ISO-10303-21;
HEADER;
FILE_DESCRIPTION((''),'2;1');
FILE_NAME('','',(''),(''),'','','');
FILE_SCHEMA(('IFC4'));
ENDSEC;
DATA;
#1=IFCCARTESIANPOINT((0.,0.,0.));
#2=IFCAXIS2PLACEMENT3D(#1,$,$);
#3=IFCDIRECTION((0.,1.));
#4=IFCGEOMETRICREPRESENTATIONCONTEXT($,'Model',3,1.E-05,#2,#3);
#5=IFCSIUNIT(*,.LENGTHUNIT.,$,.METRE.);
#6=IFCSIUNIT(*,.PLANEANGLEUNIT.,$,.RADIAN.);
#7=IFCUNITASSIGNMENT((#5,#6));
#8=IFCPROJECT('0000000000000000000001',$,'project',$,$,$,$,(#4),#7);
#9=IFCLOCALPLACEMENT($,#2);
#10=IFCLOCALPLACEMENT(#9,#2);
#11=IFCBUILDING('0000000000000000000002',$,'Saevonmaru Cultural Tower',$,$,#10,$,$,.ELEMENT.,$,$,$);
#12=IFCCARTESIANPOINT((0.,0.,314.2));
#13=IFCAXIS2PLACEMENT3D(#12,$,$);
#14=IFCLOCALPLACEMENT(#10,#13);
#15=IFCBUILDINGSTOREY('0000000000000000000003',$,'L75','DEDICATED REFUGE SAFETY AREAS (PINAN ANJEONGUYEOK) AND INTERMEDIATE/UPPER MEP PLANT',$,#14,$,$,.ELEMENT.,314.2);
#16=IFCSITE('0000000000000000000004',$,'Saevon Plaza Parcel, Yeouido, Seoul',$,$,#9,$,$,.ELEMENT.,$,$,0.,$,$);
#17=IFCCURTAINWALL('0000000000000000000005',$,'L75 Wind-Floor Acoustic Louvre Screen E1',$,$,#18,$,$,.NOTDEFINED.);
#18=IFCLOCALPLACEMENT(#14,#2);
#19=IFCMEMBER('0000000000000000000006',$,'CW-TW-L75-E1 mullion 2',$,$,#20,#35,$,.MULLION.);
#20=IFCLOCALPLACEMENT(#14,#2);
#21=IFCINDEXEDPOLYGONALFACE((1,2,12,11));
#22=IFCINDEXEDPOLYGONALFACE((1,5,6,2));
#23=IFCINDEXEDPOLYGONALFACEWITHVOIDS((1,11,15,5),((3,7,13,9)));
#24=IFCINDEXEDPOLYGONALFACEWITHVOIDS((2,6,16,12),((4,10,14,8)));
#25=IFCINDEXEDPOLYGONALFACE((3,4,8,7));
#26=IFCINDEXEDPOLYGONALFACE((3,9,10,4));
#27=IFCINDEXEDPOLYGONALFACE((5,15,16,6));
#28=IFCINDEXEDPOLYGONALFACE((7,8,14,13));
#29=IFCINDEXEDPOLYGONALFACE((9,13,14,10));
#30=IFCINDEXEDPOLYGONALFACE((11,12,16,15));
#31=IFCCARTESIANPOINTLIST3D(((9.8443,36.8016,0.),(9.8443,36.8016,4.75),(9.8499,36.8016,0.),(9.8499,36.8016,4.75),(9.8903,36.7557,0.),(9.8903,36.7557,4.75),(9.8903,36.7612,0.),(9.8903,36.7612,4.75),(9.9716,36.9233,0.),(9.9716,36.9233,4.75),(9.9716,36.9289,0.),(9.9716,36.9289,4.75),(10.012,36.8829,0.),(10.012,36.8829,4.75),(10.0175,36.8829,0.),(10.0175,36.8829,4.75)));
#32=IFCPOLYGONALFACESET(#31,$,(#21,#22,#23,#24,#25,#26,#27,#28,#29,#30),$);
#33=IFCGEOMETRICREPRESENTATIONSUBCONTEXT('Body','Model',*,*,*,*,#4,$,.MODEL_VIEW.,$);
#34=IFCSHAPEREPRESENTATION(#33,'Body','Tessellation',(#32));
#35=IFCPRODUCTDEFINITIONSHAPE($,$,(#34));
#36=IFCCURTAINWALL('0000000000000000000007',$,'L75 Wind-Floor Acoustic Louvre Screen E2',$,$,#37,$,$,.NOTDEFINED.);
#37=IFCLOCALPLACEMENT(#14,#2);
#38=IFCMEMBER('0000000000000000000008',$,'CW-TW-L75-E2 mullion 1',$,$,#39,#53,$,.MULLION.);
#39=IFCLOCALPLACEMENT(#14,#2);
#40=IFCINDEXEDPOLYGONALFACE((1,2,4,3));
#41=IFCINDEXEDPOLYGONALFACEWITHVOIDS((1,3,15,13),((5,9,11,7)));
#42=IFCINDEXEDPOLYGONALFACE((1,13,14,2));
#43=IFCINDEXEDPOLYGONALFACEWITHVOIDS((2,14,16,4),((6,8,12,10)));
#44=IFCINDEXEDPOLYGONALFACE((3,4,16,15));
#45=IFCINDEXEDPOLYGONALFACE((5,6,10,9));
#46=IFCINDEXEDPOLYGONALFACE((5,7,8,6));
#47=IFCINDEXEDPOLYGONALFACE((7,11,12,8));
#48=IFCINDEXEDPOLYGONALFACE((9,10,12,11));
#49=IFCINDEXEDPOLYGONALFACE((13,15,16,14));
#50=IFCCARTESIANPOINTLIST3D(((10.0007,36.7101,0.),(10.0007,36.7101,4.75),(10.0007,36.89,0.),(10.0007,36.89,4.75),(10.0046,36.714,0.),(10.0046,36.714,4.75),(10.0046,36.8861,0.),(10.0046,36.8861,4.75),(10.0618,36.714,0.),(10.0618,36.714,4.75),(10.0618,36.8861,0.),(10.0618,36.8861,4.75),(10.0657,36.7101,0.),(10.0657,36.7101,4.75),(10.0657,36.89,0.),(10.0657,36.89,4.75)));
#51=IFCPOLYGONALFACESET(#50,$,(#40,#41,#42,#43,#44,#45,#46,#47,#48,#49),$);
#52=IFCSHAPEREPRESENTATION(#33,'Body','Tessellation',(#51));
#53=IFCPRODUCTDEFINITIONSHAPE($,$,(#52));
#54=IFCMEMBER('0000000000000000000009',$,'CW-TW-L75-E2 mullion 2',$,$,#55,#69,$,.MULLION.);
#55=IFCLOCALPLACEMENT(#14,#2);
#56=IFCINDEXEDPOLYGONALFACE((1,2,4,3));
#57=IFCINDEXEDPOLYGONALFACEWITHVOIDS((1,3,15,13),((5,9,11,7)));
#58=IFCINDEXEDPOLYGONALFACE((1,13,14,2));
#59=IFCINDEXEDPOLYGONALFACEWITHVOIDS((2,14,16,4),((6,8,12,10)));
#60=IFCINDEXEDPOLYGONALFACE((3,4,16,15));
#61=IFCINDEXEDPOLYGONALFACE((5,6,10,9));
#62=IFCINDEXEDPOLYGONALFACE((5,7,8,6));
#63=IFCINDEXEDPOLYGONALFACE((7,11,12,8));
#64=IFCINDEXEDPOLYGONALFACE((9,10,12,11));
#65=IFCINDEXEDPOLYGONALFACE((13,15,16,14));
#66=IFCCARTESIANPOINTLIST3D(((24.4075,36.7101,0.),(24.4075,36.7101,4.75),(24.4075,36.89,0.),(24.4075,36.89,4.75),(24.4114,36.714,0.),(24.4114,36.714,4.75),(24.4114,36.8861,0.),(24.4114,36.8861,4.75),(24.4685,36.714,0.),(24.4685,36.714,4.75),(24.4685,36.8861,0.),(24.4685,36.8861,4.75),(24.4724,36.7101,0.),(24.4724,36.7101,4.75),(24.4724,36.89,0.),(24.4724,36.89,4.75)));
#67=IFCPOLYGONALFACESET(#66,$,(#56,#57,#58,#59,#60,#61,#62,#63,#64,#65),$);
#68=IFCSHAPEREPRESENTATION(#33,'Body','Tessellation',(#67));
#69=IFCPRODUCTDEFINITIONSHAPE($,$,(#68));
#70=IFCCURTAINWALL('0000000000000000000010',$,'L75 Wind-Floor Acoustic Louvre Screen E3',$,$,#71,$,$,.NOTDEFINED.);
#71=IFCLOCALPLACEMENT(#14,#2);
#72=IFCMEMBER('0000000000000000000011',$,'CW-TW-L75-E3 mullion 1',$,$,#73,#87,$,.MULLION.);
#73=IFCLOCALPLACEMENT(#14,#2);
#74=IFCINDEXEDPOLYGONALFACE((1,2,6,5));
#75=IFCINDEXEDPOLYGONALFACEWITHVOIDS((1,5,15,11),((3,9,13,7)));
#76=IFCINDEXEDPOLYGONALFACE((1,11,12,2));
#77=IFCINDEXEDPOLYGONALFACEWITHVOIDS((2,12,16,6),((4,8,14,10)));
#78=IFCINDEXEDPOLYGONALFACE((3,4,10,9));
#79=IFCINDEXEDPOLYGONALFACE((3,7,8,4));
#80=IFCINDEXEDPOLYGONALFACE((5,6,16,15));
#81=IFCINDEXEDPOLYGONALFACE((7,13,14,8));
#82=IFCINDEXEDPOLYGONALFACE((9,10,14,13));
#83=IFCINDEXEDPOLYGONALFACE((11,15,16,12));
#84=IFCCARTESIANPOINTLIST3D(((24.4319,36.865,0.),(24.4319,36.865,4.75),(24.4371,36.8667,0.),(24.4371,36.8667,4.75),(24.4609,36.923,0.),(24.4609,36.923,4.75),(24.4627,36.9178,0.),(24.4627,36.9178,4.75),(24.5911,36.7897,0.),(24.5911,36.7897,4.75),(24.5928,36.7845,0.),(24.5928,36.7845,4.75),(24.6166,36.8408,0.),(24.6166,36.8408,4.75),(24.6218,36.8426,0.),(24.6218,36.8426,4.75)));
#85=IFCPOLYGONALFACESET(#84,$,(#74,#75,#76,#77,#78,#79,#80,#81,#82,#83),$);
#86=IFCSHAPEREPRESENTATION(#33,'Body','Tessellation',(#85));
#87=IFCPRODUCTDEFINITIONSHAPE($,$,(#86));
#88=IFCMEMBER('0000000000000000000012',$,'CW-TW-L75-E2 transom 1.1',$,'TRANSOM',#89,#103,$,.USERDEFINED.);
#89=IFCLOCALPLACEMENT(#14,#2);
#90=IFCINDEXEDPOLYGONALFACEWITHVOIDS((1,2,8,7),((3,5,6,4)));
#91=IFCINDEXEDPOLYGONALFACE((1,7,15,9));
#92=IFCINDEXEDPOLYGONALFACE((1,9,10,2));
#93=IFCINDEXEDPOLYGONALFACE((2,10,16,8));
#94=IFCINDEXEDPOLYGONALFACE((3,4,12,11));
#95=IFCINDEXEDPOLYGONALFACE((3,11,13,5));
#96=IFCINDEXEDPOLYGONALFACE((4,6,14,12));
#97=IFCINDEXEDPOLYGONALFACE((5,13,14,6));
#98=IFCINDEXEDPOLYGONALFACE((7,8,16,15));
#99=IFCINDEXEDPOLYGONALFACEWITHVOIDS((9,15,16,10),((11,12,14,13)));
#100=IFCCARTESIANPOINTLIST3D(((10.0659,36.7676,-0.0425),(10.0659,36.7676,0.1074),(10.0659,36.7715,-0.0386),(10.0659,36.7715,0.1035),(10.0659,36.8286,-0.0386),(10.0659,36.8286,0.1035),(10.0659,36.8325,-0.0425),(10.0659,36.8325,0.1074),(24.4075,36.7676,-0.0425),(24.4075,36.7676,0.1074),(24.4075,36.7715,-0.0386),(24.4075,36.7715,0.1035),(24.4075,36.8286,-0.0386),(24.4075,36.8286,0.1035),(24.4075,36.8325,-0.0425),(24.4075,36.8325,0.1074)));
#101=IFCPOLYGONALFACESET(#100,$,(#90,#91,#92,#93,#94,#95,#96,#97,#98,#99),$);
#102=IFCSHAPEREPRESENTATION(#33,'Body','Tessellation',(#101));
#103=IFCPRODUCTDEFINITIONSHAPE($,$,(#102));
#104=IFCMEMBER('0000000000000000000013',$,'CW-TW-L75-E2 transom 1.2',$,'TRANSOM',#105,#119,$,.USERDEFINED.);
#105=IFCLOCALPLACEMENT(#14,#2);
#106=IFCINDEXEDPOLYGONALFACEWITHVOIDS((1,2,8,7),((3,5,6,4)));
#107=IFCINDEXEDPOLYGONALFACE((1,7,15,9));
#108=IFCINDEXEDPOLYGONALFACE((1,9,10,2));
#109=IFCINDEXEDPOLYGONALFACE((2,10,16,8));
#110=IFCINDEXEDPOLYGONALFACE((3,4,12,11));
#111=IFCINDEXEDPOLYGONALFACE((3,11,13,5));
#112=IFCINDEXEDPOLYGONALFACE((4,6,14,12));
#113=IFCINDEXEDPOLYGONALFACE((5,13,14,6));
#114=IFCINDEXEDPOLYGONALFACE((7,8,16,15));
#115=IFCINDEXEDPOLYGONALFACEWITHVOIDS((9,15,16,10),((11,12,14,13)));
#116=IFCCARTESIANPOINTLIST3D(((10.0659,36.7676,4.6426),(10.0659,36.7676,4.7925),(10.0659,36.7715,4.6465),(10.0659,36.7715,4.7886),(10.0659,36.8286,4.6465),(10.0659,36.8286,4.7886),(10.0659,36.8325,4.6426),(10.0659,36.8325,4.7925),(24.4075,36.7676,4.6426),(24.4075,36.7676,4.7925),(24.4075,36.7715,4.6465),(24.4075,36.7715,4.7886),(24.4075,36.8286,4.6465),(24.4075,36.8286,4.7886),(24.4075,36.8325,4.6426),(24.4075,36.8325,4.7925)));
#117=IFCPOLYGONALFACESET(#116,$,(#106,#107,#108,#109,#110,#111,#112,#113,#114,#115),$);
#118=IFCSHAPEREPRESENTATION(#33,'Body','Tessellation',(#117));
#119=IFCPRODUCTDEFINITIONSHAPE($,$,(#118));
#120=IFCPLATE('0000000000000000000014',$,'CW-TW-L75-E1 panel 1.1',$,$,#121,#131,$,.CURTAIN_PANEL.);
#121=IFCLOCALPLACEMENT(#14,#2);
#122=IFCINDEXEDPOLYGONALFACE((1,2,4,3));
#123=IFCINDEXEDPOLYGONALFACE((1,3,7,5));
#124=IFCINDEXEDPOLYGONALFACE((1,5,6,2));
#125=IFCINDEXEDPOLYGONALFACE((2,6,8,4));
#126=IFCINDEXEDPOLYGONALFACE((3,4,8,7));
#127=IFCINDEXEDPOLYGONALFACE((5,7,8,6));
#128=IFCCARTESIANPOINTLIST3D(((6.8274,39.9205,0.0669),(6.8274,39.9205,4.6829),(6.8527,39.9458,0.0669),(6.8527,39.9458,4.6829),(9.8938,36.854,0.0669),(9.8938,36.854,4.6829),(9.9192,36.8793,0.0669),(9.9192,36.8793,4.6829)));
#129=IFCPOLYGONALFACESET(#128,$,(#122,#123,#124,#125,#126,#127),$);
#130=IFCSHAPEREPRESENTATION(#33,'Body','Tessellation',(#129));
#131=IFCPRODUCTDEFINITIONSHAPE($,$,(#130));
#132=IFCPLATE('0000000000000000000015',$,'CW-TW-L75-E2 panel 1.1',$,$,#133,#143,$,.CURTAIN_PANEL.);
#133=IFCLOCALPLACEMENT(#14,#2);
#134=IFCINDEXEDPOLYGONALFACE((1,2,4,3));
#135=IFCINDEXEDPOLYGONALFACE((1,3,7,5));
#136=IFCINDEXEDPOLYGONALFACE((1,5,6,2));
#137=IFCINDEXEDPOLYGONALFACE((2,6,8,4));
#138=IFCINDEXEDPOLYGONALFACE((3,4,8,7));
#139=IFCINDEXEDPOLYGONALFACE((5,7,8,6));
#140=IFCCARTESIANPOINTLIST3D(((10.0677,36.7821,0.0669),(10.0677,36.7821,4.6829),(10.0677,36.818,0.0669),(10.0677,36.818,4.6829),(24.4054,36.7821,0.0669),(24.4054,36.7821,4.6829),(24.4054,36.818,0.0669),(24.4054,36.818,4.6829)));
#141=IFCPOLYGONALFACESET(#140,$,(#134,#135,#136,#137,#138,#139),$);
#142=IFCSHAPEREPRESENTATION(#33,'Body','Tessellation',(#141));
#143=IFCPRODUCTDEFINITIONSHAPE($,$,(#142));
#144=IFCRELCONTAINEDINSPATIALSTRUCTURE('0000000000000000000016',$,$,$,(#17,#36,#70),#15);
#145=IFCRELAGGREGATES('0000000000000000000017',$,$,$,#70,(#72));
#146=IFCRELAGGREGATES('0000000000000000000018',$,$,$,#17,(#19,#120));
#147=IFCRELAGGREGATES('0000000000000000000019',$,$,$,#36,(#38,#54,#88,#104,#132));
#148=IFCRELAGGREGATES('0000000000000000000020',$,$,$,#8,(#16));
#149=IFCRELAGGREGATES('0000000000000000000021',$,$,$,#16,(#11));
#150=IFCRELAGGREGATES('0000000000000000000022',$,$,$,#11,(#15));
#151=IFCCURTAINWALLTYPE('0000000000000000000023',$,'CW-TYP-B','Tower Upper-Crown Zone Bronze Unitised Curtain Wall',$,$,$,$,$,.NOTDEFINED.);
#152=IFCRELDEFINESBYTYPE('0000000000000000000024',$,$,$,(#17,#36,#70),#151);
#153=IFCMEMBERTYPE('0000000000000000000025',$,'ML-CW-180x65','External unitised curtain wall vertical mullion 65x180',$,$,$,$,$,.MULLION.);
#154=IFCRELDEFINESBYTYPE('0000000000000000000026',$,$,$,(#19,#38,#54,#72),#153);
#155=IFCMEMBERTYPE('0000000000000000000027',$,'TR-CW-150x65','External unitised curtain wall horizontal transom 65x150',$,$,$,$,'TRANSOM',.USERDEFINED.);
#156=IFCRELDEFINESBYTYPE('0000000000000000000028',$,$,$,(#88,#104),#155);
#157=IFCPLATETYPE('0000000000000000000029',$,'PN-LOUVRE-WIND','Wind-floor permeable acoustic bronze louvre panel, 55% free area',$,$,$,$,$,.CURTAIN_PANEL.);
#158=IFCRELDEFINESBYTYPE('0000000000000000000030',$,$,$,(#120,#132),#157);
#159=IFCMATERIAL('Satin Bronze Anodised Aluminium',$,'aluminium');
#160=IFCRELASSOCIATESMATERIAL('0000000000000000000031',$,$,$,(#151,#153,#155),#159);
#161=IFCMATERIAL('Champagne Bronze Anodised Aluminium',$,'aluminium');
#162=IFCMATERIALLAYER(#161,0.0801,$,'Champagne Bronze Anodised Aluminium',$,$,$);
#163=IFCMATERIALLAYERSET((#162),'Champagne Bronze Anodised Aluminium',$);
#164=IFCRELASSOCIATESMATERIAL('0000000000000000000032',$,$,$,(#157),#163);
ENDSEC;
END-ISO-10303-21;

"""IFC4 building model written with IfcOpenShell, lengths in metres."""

from ifc_helpers import new_model, si_unit, direction, frame, origin, origin_2d, place, context, subcontext, project, spatial, rectangle, hollow_rectangle, extrude, material, layer, layer_set, material_profile, profile_set, type_object, element, aggregate, save


model = new_model("IFC4")

# Units and contexts
model_context = context("Model", 3, precision=1e-05, world=origin(), true_north=direction((0.0, 1.0)))
body_context = subcontext(model_context, "Body", "Model", "MODEL_VIEW")
ifc_project = project(units=[si_unit("LENGTHUNIT", "METRE"), si_unit("PLANEANGLEUNIT", "RADIAN")], contexts=[model_context])

# Site, building, storey
site_placement = place(None, origin())
site = spatial("IfcSite", under=ifc_project, at=site_placement, Name="Saevon Plaza Parcel, Yeouido, Seoul", CompositionType="ELEMENT", RefElevation=0.0)
building_placement = place(site_placement, origin())
building = spatial("IfcBuilding", under=site, at=building_placement, Name="Saevonmaru Cultural Tower", CompositionType="ELEMENT")
storey_placement = place(building_placement, frame((0.0, 0.0, 314.2)))
storey = spatial("IfcBuildingStorey", under=building, at=storey_placement, Name="L75", Description="DEDICATED REFUGE SAFETY AREAS (PINAN ANJEONGUYEOK) AND INTERMEDIATE/UPPER MEP PLANT", CompositionType="ELEMENT", Elevation=314.2)

# Curtain wall, member
ifc_material_1 = material(Name="Satin Bronze Anodised Aluminium", Category="aluminium")
curtain_wall_type = type_object("IfcCurtainWallType", Name="CW-TYP-B", Description="Tower Upper-Crown Zone Bronze Unitised Curtain Wall", PredefinedType="NOTDEFINED", material=ifc_material_1)
curtain_wall_1_placement = place(storey_placement, origin())
curtain_wall_1 = element("IfcCurtainWall", 1, at=curtain_wall_1_placement, inside=storey, type_object=curtain_wall_type, Name="L75 Wind-Floor Acoustic Louvre Screen E1", PredefinedType="NOTDEFINED")
ifc_material_profile_1 = material_profile(ifc_material_1, hollow_rectangle(XDim=0.0649, YDim=0.1799, WallThickness=0.0039, at=origin_2d()), Name="ALU-MULL-180x65x4")
ifc_profile_set_1 = profile_set([ifc_material_profile_1], Name="Satin Bronze Anodised Aluminium")
member_type_1 = type_object("IfcMemberType", Name="ML-CW-180x65", Description="External unitised curtain wall vertical mullion 65x180", PredefinedType="MULLION", material=ifc_profile_set_1)
member_1_placement = place(storey_placement, frame((9.9309, 36.8423, 0.0), z_axis=(0.0, 0.0, 1.0), x_axis=(0.707107, -0.707107, 0.0)))
member_1 = element("IfcMember", 2, at=member_1_placement, type_object=member_type_1, Name="CW-TW-L75-E1 mullion 2", PredefinedType="MULLION", context=body_context, shape_type="SweptSolid", body=[
    extrude(hollow_rectangle(XDim=0.0649, YDim=0.1799, WallThickness=0.0039, at=origin_2d()), origin(), (0.0, 0.0, 1.0), 4.75),
])

# Curtain wall, members
curtain_wall_2_placement = place(storey_placement, origin())
curtain_wall_2 = element("IfcCurtainWall", 3, at=curtain_wall_2_placement, inside=storey, type_object=curtain_wall_type, Name="L75 Wind-Floor Acoustic Louvre Screen E2", PredefinedType="NOTDEFINED")
member_2_placement = place(storey_placement, frame((10.0332, 36.8, 0.0), z_axis=(0.0, 0.0, 1.0), x_axis=(1.0, 0.0, 0.0)))
member_2 = element("IfcMember", 4, at=member_2_placement, type_object=member_type_1, Name="CW-TW-L75-E2 mullion 1", PredefinedType="MULLION", context=body_context, shape_type="SweptSolid", body=[
    extrude(hollow_rectangle(XDim=0.0649, YDim=0.1799, WallThickness=0.0039, at=origin_2d()), origin(), (0.0, 0.0, 1.0), 4.75),
])
member_3_placement = place(storey_placement, frame((24.4399, 36.8, 0.0), z_axis=(0.0, 0.0, 1.0), x_axis=(1.0, 0.0, 0.0)))
member_3 = element("IfcMember", 5, at=member_3_placement, type_object=member_type_1, Name="CW-TW-L75-E2 mullion 2", PredefinedType="MULLION", context=body_context, shape_type="SweptSolid", body=[
    extrude(hollow_rectangle(XDim=0.0649, YDim=0.1799, WallThickness=0.0039, at=origin_2d()), origin(), (0.0, 0.0, 1.0), 4.75),
])

# Curtain wall, member
curtain_wall_3_placement = place(storey_placement, origin())
curtain_wall_3 = element("IfcCurtainWall", 6, at=curtain_wall_3_placement, inside=storey, type_object=curtain_wall_type, Name="L75 Wind-Floor Acoustic Louvre Screen E3", PredefinedType="NOTDEFINED")
member_4_placement = place(storey_placement, frame((24.5269, 36.8538, 0.0), z_axis=(0.0, 0.0, 1.0), x_axis=(0.447245, 0.894412, 0.0)))
member_4 = element("IfcMember", 7, at=member_4_placement, type_object=member_type_1, Name="CW-TW-L75-E3 mullion 1", PredefinedType="MULLION", context=body_context, shape_type="SweptSolid", body=[
    extrude(hollow_rectangle(XDim=0.0649, YDim=0.1799, WallThickness=0.0039, at=origin_2d()), origin(), (0.0, 0.0, 1.0), 4.75),
])
aggregate(curtain_wall_3, [member_4])

# Members
ifc_material_profile_2 = material_profile(ifc_material_1, hollow_rectangle(XDim=0.0649, YDim=0.1499, WallThickness=0.0039, at=origin_2d()), Name="ALU-TRAN-150x65x4")
ifc_profile_set_2 = profile_set([ifc_material_profile_2], Name="Satin Bronze Anodised Aluminium")
member_type_2 = type_object("IfcMemberType", Name="TR-CW-150x65", Description="External unitised curtain wall horizontal transom 65x150", ElementType="TRANSOM", PredefinedType="USERDEFINED", material=ifc_profile_set_2)
member_5_placement = place(storey_placement, frame((10.0659, 36.8, 0.0325), z_axis=(1.0, 0.0, 0.0), x_axis=(0.0, 1.0, 0.0)))
member_5 = element("IfcMember", 8, at=member_5_placement, type_object=member_type_2, Name="CW-TW-L75-E2 transom 1.1", ObjectType="TRANSOM", PredefinedType="USERDEFINED", context=body_context, shape_type="SweptSolid", body=[
    extrude(hollow_rectangle(XDim=0.0649, YDim=0.1499, WallThickness=0.0039, at=origin_2d()), origin(), (0.0, 0.0, 1.0), 14.3416),
])
member_6_placement = place(storey_placement, frame((10.0659, 36.8, 4.7175), z_axis=(1.0, 0.0, 0.0), x_axis=(0.0, 1.0, 0.0)))
member_6 = element("IfcMember", 9, at=member_6_placement, type_object=member_type_2, Name="CW-TW-L75-E2 transom 1.2", ObjectType="TRANSOM", PredefinedType="USERDEFINED", context=body_context, shape_type="SweptSolid", body=[
    extrude(hollow_rectangle(XDim=0.0649, YDim=0.1499, WallThickness=0.0039, at=origin_2d()), origin(), (0.0, 0.0, 1.0), 14.3416),
])

# Plates
ifc_material_2 = material(Name="Champagne Bronze Anodised Aluminium", Category="aluminium")
ifc_layer_1 = layer(ifc_material_2, 0.0801, Name="Champagne Bronze Anodised Aluminium")
ifc_layer_set_1 = layer_set([ifc_layer_1], Name="Champagne Bronze Anodised Aluminium")
plate_type = type_object("IfcPlateType", Name="PN-LOUVRE-WIND", Description="Wind-floor permeable acoustic bronze louvre panel, 55% free area", PredefinedType="CURTAIN_PANEL", material=ifc_layer_set_1)
plate_1_placement = place(storey_placement, frame((8.3733, 38.3999, 0.0669), z_axis=(0.0, 0.0, 1.0), x_axis=(0.707107, -0.707107, 0.0)))
plate_1 = element("IfcPlate", 10, at=plate_1_placement, type_object=plate_type, Name="CW-TW-L75-E1 panel 1.1", PredefinedType="CURTAIN_PANEL", context=body_context, shape_type="SweptSolid", body=[
    extrude(rectangle(XDim=4.3367, YDim=0.0359, at=origin_2d()), origin(), (0.0, 0.0, 1.0), 4.616),
])
aggregate(curtain_wall_1, [member_1, plate_1])
plate_2_placement = place(storey_placement, frame((17.2366, 36.8, 0.0669), z_axis=(0.0, 0.0, 1.0), x_axis=(1.0, 0.0, 0.0)))
plate_2 = element("IfcPlate", 11, at=plate_2_placement, type_object=plate_type, Name="CW-TW-L75-E2 panel 1.1", PredefinedType="CURTAIN_PANEL", context=body_context, shape_type="SweptSolid", body=[
    extrude(rectangle(XDim=14.3376, YDim=0.0359, at=origin_2d()), origin(), (0.0, 0.0, 1.0), 4.616),
])
aggregate(curtain_wall_2, [member_2, member_3, member_5, member_6, plate_2])

save(model, "model.ifc")
